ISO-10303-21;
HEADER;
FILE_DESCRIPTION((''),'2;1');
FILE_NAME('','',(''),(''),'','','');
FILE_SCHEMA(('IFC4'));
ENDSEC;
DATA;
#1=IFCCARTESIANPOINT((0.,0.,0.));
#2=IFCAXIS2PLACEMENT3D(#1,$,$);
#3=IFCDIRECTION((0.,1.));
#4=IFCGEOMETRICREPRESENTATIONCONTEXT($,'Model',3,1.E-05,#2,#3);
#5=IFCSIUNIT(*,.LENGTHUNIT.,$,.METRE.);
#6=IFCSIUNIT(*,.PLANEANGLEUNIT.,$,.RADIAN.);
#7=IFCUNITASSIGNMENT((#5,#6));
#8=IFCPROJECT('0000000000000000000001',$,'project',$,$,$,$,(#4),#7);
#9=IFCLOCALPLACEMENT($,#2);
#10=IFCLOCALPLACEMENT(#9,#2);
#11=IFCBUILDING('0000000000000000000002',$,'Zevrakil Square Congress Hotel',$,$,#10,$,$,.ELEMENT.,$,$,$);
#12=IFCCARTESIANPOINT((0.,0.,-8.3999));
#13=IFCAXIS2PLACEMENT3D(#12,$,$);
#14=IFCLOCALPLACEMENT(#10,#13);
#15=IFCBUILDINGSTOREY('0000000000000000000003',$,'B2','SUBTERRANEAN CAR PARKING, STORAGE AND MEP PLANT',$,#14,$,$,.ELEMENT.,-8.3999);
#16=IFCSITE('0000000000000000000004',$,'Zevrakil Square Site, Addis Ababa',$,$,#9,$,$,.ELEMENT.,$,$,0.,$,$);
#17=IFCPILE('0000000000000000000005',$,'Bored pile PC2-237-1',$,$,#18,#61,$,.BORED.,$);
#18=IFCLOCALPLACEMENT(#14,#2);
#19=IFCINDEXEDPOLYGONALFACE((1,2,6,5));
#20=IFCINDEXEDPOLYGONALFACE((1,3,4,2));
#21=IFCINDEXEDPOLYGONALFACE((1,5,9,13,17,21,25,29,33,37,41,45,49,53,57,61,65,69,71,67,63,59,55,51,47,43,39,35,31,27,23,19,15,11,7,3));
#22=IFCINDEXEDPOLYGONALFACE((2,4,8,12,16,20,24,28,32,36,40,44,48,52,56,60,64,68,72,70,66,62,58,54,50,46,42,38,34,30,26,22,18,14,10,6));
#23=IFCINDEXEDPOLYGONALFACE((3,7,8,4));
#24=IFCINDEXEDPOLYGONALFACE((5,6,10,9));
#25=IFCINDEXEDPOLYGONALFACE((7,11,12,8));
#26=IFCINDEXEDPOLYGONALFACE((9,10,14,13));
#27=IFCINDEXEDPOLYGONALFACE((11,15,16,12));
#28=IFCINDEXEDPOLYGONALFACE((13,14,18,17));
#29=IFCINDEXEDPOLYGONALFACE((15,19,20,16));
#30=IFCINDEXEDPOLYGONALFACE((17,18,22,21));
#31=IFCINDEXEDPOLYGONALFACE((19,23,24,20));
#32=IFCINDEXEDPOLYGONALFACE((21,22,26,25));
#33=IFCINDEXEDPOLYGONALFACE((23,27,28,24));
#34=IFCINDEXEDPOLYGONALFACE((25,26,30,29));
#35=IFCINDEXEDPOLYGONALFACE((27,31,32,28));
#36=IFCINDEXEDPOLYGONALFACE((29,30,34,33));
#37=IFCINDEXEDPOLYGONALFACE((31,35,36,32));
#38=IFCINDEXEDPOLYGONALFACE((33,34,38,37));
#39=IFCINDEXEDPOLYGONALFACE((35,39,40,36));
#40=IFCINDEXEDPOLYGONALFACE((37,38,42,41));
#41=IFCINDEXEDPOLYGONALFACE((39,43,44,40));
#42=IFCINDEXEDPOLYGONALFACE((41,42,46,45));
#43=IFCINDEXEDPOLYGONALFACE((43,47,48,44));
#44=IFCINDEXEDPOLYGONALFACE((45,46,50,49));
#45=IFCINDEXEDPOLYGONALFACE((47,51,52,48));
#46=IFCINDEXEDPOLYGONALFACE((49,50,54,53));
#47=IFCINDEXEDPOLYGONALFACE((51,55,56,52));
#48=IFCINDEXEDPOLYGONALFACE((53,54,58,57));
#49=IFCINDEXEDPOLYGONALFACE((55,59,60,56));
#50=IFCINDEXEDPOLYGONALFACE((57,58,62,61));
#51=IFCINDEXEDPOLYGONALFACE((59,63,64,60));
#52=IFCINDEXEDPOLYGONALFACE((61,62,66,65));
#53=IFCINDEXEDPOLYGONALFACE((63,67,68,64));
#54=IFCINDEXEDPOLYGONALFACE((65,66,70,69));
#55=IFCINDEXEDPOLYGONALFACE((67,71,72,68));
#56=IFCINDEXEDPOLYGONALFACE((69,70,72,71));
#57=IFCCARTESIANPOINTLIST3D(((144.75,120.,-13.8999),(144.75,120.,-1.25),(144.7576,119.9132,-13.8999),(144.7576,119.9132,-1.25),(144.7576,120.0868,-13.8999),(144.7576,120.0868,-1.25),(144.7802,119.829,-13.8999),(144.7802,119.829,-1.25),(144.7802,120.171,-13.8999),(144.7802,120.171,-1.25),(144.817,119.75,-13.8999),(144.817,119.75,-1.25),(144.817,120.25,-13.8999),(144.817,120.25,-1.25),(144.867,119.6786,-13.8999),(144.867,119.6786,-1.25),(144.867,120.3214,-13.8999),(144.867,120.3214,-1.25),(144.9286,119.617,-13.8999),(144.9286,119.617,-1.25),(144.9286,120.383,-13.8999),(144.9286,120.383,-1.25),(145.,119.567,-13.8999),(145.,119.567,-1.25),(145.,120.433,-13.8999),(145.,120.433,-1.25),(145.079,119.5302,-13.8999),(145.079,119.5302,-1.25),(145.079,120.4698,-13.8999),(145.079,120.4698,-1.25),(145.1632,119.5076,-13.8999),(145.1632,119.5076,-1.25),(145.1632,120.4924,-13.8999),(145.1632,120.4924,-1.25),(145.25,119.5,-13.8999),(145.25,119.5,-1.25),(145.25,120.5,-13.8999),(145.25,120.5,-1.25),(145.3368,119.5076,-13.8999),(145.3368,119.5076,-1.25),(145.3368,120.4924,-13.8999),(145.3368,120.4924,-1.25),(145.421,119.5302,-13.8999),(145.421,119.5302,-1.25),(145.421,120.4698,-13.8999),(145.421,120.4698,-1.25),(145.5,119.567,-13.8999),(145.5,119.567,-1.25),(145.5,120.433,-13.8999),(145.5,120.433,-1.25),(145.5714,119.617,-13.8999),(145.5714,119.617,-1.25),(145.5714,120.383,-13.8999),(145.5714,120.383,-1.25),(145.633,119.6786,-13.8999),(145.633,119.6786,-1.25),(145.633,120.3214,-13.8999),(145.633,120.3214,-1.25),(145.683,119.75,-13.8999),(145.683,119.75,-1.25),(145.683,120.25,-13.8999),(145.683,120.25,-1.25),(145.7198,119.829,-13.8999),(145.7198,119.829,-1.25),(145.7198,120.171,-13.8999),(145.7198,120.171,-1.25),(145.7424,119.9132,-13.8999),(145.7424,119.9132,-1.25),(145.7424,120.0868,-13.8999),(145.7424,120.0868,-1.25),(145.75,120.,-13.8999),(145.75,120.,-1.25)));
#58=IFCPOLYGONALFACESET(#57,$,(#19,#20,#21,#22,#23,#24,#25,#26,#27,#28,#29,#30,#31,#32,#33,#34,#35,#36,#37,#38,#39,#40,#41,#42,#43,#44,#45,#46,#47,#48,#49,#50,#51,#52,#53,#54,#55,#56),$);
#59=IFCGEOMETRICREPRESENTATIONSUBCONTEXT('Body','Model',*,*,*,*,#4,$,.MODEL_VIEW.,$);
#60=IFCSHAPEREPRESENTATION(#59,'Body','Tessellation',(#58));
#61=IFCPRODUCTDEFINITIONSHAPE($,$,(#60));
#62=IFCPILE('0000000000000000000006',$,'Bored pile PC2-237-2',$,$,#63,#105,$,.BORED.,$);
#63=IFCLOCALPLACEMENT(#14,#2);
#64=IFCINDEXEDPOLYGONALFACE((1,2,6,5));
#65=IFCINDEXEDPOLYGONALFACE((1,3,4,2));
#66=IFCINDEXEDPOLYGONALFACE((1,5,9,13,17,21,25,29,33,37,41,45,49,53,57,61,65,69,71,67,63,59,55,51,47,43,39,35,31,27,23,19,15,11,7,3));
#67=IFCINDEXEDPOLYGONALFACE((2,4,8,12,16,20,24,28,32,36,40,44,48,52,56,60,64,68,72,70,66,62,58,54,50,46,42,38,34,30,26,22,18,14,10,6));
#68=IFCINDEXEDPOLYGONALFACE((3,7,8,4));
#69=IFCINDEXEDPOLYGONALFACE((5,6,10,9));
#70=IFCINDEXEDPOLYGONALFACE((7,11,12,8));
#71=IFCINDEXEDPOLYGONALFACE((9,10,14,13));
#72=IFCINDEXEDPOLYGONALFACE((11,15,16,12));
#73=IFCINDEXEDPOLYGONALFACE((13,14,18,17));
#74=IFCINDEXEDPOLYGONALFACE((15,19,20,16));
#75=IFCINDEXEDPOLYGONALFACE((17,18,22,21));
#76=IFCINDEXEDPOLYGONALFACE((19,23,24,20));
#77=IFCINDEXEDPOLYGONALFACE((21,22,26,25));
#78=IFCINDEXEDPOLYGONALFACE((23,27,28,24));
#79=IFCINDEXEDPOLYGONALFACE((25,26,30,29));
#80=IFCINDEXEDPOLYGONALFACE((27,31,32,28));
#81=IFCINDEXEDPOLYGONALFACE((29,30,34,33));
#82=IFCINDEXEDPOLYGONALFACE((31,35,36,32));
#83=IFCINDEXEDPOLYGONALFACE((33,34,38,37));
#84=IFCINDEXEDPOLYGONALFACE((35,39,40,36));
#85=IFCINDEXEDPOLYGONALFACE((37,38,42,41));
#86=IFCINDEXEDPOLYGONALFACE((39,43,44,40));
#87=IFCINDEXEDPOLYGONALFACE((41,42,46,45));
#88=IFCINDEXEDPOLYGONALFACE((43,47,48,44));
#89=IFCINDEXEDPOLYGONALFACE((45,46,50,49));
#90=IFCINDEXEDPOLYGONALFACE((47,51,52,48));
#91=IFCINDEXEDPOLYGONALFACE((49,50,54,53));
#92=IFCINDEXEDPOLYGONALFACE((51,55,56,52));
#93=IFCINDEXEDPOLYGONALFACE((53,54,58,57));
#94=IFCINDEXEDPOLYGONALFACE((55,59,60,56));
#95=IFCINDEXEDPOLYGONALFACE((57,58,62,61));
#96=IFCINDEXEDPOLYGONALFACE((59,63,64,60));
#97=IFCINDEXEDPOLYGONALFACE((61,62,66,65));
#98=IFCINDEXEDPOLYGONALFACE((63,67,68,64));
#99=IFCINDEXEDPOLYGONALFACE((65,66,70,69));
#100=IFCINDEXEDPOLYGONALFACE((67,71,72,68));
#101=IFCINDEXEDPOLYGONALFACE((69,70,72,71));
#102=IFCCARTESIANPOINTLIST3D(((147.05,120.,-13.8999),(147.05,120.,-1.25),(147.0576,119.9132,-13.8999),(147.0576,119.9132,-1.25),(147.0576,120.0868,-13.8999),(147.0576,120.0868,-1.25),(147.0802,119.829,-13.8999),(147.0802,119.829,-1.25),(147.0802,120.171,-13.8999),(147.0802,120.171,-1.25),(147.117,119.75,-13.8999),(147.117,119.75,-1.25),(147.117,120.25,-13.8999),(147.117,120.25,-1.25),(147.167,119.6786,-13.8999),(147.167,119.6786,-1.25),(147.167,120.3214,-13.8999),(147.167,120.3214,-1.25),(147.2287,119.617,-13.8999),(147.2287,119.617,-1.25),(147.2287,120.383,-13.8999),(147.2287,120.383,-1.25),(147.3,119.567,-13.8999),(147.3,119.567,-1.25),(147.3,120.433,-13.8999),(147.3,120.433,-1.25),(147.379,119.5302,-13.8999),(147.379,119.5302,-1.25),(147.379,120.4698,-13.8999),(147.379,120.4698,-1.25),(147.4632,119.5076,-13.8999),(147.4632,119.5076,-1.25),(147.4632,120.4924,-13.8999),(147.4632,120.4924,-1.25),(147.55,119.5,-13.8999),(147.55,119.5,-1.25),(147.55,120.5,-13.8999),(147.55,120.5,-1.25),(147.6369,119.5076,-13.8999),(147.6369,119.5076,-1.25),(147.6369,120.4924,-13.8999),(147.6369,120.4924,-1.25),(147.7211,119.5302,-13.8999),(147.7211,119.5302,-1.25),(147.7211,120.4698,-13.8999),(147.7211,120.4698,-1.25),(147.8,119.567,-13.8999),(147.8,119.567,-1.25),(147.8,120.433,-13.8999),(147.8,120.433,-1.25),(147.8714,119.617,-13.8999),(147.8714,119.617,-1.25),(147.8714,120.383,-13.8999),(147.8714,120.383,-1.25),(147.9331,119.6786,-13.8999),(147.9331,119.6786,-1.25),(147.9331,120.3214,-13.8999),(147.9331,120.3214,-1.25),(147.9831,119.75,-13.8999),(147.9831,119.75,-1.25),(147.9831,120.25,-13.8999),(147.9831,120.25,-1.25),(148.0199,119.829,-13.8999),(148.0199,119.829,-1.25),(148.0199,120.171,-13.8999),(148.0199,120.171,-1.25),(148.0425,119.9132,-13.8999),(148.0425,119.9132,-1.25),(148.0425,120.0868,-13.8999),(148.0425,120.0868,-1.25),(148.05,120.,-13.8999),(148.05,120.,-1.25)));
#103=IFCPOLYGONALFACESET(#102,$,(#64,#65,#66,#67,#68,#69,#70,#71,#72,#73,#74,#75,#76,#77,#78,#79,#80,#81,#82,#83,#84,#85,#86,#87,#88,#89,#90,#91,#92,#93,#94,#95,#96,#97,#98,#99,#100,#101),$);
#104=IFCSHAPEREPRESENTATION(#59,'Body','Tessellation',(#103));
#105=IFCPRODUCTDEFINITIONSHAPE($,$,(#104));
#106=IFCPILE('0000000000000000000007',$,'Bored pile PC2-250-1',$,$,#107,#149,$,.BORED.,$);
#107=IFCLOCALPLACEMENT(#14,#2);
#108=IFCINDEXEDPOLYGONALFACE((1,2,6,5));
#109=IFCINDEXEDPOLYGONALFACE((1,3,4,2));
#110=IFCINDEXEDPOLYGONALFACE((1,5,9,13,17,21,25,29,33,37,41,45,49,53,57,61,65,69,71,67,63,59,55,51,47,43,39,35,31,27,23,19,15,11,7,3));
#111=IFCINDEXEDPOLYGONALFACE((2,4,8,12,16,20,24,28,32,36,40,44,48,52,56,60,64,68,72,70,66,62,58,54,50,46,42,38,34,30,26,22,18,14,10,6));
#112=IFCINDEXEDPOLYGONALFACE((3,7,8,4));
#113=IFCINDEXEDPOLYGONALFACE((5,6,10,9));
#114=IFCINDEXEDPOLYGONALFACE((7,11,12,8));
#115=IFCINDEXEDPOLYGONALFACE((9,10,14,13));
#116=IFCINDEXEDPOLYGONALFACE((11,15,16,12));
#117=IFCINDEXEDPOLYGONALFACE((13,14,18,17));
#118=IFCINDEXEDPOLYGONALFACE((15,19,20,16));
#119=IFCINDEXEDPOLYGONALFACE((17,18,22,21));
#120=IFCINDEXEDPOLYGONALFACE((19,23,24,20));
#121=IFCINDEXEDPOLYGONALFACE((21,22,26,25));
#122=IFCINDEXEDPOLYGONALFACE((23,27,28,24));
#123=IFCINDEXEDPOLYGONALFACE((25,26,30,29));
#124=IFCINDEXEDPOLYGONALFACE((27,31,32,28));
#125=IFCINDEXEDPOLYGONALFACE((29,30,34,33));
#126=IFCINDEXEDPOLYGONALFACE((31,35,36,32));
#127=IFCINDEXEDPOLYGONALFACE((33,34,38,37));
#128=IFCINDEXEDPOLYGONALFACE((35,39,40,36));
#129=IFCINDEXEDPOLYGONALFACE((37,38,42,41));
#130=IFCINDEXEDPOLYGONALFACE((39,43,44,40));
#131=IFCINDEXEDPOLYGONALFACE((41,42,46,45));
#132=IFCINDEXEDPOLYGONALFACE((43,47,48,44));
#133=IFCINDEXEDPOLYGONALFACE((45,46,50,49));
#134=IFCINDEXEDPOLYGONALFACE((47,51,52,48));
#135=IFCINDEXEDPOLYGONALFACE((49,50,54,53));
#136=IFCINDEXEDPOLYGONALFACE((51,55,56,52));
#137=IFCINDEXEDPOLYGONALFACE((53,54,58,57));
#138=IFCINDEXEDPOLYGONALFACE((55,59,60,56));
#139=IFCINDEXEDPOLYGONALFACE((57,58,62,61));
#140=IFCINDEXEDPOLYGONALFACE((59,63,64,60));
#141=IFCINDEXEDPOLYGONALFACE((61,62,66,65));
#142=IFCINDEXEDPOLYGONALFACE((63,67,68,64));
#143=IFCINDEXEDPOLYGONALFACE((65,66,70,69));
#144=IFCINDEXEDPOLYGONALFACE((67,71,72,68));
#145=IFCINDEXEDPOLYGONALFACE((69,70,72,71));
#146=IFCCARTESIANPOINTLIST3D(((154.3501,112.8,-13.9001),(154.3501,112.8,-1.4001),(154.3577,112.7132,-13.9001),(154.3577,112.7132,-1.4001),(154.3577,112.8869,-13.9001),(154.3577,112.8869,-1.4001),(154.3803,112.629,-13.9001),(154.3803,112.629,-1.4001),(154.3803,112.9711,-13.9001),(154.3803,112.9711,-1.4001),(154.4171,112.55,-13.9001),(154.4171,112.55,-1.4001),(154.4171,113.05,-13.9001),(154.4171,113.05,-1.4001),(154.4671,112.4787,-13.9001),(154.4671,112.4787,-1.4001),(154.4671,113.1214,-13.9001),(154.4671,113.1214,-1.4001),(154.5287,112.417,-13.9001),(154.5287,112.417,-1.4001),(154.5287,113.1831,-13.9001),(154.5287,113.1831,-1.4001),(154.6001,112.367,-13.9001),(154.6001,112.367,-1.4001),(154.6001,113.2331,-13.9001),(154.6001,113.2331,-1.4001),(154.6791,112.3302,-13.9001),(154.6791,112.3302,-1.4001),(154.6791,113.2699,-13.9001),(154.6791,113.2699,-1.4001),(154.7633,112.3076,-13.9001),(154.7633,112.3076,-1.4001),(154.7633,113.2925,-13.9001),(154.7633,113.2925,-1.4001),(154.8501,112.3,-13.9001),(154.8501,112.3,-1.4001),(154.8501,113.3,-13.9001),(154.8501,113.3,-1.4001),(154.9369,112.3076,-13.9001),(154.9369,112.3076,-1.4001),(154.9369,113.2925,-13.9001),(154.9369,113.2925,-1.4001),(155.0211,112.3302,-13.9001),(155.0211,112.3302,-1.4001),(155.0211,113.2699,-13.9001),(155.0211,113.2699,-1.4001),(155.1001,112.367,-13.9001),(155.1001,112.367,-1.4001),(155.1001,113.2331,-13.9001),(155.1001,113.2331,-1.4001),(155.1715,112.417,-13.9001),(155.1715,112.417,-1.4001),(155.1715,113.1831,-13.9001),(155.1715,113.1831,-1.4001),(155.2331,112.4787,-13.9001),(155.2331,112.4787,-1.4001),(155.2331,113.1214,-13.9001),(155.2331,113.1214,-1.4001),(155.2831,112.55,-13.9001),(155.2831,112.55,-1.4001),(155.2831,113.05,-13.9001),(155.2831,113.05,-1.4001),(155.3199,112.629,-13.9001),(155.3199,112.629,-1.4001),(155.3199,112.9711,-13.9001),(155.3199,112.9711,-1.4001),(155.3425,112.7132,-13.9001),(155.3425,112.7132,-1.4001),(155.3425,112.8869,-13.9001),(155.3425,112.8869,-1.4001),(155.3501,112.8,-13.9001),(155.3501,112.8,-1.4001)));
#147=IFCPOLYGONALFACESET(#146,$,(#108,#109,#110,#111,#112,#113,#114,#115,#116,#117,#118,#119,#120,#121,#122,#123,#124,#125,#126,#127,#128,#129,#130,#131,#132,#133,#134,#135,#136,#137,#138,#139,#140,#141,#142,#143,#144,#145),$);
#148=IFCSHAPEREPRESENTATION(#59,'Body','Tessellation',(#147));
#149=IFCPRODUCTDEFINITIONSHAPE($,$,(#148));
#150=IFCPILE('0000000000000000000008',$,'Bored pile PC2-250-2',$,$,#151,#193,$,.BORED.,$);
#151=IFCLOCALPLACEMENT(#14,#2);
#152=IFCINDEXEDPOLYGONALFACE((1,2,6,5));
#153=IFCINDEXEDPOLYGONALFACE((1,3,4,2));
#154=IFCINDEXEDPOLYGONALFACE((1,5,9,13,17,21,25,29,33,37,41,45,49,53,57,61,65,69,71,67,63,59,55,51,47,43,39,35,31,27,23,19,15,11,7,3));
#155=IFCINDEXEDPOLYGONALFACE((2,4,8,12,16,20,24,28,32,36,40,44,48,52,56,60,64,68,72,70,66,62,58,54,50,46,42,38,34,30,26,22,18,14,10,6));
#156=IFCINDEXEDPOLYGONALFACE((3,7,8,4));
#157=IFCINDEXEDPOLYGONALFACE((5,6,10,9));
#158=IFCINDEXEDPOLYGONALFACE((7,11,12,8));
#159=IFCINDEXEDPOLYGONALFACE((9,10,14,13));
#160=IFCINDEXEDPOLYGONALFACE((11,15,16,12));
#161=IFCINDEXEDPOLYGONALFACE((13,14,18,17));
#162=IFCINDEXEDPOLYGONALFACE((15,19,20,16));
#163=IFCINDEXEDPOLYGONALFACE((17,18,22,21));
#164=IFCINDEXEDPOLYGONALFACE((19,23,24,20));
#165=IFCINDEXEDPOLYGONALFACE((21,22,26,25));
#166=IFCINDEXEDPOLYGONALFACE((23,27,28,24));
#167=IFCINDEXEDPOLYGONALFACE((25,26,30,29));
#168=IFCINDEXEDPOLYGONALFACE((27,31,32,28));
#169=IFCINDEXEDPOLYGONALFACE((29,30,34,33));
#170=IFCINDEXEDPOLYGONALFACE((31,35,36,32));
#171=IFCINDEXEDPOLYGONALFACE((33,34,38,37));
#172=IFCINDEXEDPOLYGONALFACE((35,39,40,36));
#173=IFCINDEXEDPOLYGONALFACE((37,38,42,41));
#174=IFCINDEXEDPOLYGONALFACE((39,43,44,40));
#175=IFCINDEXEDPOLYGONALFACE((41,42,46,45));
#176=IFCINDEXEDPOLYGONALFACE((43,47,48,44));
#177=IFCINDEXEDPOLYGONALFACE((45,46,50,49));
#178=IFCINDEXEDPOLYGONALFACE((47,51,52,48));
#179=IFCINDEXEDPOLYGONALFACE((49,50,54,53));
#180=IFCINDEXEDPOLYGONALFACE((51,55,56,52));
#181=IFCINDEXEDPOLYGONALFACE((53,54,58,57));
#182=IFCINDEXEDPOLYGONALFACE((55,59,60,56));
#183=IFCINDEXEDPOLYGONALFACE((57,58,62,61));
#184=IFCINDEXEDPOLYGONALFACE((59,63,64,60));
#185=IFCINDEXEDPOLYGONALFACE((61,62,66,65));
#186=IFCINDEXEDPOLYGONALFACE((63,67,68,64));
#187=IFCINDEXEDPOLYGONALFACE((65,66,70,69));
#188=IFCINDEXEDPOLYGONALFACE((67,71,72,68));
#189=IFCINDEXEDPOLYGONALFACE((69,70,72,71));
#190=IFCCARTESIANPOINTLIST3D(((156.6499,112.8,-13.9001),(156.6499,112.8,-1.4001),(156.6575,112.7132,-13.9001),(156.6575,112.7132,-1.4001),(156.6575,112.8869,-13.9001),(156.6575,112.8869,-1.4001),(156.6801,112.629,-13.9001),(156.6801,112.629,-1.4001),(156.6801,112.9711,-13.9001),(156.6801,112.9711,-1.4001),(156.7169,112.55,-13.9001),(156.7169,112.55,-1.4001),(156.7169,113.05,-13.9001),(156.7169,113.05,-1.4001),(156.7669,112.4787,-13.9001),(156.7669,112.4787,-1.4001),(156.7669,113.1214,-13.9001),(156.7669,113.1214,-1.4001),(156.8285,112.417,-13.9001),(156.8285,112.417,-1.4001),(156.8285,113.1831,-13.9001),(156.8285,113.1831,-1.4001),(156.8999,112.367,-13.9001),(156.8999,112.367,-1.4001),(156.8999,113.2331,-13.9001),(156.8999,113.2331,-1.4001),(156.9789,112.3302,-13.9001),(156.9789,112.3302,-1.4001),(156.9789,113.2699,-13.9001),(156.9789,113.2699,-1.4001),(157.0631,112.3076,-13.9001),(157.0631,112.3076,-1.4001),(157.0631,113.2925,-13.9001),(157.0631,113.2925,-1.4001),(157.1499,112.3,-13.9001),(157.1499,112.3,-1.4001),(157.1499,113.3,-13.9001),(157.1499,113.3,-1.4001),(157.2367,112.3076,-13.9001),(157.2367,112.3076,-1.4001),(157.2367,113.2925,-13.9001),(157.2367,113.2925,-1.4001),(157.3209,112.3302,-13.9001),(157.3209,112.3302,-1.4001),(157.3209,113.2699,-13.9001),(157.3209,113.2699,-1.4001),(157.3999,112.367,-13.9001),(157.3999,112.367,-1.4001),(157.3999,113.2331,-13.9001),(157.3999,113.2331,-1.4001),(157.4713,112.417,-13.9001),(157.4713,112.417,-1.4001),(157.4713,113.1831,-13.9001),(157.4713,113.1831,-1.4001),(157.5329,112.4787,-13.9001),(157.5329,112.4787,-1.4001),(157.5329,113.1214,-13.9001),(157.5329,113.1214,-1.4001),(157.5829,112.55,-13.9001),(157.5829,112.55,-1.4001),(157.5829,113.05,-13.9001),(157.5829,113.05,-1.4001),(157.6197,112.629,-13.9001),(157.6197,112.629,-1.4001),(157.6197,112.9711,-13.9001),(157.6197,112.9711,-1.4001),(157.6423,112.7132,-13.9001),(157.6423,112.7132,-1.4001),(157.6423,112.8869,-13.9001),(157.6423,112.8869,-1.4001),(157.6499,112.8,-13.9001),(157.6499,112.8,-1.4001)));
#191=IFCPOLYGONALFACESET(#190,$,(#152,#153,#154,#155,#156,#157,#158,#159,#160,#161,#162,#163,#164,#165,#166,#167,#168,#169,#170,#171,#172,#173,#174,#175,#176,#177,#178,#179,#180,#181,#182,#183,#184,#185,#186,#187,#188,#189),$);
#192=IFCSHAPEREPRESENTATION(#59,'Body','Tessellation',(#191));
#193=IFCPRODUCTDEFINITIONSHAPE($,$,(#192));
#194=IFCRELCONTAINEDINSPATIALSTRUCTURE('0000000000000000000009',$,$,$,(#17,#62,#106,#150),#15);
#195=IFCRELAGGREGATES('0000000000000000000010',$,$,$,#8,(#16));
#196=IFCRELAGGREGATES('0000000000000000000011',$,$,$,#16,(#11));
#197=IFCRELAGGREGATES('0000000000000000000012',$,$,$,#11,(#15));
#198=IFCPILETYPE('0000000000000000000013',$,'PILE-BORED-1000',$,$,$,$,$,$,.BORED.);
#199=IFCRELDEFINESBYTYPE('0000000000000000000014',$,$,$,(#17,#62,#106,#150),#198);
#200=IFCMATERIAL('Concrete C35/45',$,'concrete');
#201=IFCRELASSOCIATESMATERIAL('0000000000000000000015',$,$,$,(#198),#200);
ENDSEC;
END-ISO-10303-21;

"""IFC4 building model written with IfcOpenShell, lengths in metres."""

from ifc_helpers import new_model, si_unit, direction, frame, origin, origin_2d, place, context, subcontext, project, spatial, circle, extrude, material, material_profile, profile_set, type_object, element, save


model = new_model("IFC4")

# Units and contexts
model_context = context("Model", 3, precision=1e-05, world=origin(), true_north=direction((0.0, 1.0)))
body_context = subcontext(model_context, "Body", "Model", "MODEL_VIEW")
ifc_project = project(units=[si_unit("LENGTHUNIT", "METRE"), si_unit("PLANEANGLEUNIT", "RADIAN")], contexts=[model_context])

# Site, building, storey
site_placement = place(None, origin())
site = spatial("IfcSite", under=ifc_project, at=site_placement, Name="Zevrakil Square Site, Addis Ababa", CompositionType="ELEMENT", RefElevation=0.0)
building_placement = place(site_placement, origin())
building = spatial("IfcBuilding", under=site, at=building_placement, Name="Zevrakil Square Congress Hotel", CompositionType="ELEMENT")
storey_placement = place(building_placement, frame((0.0, 0.0, -8.3999)))
storey = spatial("IfcBuildingStorey", under=building, at=storey_placement, Name="B2", Description="SUBTERRANEAN CAR PARKING, STORAGE AND MEP PLANT", CompositionType="ELEMENT", Elevation=-8.3999)

# Piles
ifc_material_1 = material(Name="Concrete C35/45", Category="concrete")
ifc_material_profile_1 = material_profile(ifc_material_1, circle(Radius=0.5, at=origin_2d()), Name="PILE D1000")
ifc_profile_set_1 = profile_set([ifc_material_profile_1], Name="Concrete C35/45")
pile_type = type_object("IfcPileType", Name="PILE-BORED-1000", PredefinedType="BORED", material=ifc_profile_set_1)
for number, where, z_axis, x_axis, name in (
    (1, (145.25, 120.0, -1.25), (0.0, 0.0, -1.0), (1.0, 0.0, 0.0), "Bored pile PC2-237-1"),
    (2, (147.55, 120.0, -1.25), (0.0, 0.0, -1.0), (1.0, 0.0, 0.0), "Bored pile PC2-237-2"),
):
    element("IfcPile", number, at=place(storey_placement, frame(where, z_axis=z_axis, x_axis=x_axis)), inside=storey, type_object=pile_type, Name=name, PredefinedType="BORED", context=body_context, shape_type="SweptSolid", body=[
        extrude(circle(Radius=0.5, at=origin_2d()), origin(), (0.0, 0.0, 1.0), 12.6499),
    ])
for number, where, z_axis, x_axis, name in (
    (3, (154.8501, 112.8, -1.4001), (0.0, 0.0, -1.0), (1.0, 0.0, 0.0), "Bored pile PC2-250-1"),
    (4, (157.1499, 112.8, -1.4001), (0.0, 0.0, -1.0), (1.0, 0.0, 0.0), "Bored pile PC2-250-2"),
):
    element("IfcPile", number, at=place(storey_placement, frame(where, z_axis=z_axis, x_axis=x_axis)), inside=storey, type_object=pile_type, Name=name, PredefinedType="BORED", context=body_context, shape_type="SweptSolid", body=[
        extrude(circle(Radius=0.5, at=origin_2d()), origin(), (0.0, 0.0, 1.0), 12.5),
    ])

save(model, "model.ifc")
